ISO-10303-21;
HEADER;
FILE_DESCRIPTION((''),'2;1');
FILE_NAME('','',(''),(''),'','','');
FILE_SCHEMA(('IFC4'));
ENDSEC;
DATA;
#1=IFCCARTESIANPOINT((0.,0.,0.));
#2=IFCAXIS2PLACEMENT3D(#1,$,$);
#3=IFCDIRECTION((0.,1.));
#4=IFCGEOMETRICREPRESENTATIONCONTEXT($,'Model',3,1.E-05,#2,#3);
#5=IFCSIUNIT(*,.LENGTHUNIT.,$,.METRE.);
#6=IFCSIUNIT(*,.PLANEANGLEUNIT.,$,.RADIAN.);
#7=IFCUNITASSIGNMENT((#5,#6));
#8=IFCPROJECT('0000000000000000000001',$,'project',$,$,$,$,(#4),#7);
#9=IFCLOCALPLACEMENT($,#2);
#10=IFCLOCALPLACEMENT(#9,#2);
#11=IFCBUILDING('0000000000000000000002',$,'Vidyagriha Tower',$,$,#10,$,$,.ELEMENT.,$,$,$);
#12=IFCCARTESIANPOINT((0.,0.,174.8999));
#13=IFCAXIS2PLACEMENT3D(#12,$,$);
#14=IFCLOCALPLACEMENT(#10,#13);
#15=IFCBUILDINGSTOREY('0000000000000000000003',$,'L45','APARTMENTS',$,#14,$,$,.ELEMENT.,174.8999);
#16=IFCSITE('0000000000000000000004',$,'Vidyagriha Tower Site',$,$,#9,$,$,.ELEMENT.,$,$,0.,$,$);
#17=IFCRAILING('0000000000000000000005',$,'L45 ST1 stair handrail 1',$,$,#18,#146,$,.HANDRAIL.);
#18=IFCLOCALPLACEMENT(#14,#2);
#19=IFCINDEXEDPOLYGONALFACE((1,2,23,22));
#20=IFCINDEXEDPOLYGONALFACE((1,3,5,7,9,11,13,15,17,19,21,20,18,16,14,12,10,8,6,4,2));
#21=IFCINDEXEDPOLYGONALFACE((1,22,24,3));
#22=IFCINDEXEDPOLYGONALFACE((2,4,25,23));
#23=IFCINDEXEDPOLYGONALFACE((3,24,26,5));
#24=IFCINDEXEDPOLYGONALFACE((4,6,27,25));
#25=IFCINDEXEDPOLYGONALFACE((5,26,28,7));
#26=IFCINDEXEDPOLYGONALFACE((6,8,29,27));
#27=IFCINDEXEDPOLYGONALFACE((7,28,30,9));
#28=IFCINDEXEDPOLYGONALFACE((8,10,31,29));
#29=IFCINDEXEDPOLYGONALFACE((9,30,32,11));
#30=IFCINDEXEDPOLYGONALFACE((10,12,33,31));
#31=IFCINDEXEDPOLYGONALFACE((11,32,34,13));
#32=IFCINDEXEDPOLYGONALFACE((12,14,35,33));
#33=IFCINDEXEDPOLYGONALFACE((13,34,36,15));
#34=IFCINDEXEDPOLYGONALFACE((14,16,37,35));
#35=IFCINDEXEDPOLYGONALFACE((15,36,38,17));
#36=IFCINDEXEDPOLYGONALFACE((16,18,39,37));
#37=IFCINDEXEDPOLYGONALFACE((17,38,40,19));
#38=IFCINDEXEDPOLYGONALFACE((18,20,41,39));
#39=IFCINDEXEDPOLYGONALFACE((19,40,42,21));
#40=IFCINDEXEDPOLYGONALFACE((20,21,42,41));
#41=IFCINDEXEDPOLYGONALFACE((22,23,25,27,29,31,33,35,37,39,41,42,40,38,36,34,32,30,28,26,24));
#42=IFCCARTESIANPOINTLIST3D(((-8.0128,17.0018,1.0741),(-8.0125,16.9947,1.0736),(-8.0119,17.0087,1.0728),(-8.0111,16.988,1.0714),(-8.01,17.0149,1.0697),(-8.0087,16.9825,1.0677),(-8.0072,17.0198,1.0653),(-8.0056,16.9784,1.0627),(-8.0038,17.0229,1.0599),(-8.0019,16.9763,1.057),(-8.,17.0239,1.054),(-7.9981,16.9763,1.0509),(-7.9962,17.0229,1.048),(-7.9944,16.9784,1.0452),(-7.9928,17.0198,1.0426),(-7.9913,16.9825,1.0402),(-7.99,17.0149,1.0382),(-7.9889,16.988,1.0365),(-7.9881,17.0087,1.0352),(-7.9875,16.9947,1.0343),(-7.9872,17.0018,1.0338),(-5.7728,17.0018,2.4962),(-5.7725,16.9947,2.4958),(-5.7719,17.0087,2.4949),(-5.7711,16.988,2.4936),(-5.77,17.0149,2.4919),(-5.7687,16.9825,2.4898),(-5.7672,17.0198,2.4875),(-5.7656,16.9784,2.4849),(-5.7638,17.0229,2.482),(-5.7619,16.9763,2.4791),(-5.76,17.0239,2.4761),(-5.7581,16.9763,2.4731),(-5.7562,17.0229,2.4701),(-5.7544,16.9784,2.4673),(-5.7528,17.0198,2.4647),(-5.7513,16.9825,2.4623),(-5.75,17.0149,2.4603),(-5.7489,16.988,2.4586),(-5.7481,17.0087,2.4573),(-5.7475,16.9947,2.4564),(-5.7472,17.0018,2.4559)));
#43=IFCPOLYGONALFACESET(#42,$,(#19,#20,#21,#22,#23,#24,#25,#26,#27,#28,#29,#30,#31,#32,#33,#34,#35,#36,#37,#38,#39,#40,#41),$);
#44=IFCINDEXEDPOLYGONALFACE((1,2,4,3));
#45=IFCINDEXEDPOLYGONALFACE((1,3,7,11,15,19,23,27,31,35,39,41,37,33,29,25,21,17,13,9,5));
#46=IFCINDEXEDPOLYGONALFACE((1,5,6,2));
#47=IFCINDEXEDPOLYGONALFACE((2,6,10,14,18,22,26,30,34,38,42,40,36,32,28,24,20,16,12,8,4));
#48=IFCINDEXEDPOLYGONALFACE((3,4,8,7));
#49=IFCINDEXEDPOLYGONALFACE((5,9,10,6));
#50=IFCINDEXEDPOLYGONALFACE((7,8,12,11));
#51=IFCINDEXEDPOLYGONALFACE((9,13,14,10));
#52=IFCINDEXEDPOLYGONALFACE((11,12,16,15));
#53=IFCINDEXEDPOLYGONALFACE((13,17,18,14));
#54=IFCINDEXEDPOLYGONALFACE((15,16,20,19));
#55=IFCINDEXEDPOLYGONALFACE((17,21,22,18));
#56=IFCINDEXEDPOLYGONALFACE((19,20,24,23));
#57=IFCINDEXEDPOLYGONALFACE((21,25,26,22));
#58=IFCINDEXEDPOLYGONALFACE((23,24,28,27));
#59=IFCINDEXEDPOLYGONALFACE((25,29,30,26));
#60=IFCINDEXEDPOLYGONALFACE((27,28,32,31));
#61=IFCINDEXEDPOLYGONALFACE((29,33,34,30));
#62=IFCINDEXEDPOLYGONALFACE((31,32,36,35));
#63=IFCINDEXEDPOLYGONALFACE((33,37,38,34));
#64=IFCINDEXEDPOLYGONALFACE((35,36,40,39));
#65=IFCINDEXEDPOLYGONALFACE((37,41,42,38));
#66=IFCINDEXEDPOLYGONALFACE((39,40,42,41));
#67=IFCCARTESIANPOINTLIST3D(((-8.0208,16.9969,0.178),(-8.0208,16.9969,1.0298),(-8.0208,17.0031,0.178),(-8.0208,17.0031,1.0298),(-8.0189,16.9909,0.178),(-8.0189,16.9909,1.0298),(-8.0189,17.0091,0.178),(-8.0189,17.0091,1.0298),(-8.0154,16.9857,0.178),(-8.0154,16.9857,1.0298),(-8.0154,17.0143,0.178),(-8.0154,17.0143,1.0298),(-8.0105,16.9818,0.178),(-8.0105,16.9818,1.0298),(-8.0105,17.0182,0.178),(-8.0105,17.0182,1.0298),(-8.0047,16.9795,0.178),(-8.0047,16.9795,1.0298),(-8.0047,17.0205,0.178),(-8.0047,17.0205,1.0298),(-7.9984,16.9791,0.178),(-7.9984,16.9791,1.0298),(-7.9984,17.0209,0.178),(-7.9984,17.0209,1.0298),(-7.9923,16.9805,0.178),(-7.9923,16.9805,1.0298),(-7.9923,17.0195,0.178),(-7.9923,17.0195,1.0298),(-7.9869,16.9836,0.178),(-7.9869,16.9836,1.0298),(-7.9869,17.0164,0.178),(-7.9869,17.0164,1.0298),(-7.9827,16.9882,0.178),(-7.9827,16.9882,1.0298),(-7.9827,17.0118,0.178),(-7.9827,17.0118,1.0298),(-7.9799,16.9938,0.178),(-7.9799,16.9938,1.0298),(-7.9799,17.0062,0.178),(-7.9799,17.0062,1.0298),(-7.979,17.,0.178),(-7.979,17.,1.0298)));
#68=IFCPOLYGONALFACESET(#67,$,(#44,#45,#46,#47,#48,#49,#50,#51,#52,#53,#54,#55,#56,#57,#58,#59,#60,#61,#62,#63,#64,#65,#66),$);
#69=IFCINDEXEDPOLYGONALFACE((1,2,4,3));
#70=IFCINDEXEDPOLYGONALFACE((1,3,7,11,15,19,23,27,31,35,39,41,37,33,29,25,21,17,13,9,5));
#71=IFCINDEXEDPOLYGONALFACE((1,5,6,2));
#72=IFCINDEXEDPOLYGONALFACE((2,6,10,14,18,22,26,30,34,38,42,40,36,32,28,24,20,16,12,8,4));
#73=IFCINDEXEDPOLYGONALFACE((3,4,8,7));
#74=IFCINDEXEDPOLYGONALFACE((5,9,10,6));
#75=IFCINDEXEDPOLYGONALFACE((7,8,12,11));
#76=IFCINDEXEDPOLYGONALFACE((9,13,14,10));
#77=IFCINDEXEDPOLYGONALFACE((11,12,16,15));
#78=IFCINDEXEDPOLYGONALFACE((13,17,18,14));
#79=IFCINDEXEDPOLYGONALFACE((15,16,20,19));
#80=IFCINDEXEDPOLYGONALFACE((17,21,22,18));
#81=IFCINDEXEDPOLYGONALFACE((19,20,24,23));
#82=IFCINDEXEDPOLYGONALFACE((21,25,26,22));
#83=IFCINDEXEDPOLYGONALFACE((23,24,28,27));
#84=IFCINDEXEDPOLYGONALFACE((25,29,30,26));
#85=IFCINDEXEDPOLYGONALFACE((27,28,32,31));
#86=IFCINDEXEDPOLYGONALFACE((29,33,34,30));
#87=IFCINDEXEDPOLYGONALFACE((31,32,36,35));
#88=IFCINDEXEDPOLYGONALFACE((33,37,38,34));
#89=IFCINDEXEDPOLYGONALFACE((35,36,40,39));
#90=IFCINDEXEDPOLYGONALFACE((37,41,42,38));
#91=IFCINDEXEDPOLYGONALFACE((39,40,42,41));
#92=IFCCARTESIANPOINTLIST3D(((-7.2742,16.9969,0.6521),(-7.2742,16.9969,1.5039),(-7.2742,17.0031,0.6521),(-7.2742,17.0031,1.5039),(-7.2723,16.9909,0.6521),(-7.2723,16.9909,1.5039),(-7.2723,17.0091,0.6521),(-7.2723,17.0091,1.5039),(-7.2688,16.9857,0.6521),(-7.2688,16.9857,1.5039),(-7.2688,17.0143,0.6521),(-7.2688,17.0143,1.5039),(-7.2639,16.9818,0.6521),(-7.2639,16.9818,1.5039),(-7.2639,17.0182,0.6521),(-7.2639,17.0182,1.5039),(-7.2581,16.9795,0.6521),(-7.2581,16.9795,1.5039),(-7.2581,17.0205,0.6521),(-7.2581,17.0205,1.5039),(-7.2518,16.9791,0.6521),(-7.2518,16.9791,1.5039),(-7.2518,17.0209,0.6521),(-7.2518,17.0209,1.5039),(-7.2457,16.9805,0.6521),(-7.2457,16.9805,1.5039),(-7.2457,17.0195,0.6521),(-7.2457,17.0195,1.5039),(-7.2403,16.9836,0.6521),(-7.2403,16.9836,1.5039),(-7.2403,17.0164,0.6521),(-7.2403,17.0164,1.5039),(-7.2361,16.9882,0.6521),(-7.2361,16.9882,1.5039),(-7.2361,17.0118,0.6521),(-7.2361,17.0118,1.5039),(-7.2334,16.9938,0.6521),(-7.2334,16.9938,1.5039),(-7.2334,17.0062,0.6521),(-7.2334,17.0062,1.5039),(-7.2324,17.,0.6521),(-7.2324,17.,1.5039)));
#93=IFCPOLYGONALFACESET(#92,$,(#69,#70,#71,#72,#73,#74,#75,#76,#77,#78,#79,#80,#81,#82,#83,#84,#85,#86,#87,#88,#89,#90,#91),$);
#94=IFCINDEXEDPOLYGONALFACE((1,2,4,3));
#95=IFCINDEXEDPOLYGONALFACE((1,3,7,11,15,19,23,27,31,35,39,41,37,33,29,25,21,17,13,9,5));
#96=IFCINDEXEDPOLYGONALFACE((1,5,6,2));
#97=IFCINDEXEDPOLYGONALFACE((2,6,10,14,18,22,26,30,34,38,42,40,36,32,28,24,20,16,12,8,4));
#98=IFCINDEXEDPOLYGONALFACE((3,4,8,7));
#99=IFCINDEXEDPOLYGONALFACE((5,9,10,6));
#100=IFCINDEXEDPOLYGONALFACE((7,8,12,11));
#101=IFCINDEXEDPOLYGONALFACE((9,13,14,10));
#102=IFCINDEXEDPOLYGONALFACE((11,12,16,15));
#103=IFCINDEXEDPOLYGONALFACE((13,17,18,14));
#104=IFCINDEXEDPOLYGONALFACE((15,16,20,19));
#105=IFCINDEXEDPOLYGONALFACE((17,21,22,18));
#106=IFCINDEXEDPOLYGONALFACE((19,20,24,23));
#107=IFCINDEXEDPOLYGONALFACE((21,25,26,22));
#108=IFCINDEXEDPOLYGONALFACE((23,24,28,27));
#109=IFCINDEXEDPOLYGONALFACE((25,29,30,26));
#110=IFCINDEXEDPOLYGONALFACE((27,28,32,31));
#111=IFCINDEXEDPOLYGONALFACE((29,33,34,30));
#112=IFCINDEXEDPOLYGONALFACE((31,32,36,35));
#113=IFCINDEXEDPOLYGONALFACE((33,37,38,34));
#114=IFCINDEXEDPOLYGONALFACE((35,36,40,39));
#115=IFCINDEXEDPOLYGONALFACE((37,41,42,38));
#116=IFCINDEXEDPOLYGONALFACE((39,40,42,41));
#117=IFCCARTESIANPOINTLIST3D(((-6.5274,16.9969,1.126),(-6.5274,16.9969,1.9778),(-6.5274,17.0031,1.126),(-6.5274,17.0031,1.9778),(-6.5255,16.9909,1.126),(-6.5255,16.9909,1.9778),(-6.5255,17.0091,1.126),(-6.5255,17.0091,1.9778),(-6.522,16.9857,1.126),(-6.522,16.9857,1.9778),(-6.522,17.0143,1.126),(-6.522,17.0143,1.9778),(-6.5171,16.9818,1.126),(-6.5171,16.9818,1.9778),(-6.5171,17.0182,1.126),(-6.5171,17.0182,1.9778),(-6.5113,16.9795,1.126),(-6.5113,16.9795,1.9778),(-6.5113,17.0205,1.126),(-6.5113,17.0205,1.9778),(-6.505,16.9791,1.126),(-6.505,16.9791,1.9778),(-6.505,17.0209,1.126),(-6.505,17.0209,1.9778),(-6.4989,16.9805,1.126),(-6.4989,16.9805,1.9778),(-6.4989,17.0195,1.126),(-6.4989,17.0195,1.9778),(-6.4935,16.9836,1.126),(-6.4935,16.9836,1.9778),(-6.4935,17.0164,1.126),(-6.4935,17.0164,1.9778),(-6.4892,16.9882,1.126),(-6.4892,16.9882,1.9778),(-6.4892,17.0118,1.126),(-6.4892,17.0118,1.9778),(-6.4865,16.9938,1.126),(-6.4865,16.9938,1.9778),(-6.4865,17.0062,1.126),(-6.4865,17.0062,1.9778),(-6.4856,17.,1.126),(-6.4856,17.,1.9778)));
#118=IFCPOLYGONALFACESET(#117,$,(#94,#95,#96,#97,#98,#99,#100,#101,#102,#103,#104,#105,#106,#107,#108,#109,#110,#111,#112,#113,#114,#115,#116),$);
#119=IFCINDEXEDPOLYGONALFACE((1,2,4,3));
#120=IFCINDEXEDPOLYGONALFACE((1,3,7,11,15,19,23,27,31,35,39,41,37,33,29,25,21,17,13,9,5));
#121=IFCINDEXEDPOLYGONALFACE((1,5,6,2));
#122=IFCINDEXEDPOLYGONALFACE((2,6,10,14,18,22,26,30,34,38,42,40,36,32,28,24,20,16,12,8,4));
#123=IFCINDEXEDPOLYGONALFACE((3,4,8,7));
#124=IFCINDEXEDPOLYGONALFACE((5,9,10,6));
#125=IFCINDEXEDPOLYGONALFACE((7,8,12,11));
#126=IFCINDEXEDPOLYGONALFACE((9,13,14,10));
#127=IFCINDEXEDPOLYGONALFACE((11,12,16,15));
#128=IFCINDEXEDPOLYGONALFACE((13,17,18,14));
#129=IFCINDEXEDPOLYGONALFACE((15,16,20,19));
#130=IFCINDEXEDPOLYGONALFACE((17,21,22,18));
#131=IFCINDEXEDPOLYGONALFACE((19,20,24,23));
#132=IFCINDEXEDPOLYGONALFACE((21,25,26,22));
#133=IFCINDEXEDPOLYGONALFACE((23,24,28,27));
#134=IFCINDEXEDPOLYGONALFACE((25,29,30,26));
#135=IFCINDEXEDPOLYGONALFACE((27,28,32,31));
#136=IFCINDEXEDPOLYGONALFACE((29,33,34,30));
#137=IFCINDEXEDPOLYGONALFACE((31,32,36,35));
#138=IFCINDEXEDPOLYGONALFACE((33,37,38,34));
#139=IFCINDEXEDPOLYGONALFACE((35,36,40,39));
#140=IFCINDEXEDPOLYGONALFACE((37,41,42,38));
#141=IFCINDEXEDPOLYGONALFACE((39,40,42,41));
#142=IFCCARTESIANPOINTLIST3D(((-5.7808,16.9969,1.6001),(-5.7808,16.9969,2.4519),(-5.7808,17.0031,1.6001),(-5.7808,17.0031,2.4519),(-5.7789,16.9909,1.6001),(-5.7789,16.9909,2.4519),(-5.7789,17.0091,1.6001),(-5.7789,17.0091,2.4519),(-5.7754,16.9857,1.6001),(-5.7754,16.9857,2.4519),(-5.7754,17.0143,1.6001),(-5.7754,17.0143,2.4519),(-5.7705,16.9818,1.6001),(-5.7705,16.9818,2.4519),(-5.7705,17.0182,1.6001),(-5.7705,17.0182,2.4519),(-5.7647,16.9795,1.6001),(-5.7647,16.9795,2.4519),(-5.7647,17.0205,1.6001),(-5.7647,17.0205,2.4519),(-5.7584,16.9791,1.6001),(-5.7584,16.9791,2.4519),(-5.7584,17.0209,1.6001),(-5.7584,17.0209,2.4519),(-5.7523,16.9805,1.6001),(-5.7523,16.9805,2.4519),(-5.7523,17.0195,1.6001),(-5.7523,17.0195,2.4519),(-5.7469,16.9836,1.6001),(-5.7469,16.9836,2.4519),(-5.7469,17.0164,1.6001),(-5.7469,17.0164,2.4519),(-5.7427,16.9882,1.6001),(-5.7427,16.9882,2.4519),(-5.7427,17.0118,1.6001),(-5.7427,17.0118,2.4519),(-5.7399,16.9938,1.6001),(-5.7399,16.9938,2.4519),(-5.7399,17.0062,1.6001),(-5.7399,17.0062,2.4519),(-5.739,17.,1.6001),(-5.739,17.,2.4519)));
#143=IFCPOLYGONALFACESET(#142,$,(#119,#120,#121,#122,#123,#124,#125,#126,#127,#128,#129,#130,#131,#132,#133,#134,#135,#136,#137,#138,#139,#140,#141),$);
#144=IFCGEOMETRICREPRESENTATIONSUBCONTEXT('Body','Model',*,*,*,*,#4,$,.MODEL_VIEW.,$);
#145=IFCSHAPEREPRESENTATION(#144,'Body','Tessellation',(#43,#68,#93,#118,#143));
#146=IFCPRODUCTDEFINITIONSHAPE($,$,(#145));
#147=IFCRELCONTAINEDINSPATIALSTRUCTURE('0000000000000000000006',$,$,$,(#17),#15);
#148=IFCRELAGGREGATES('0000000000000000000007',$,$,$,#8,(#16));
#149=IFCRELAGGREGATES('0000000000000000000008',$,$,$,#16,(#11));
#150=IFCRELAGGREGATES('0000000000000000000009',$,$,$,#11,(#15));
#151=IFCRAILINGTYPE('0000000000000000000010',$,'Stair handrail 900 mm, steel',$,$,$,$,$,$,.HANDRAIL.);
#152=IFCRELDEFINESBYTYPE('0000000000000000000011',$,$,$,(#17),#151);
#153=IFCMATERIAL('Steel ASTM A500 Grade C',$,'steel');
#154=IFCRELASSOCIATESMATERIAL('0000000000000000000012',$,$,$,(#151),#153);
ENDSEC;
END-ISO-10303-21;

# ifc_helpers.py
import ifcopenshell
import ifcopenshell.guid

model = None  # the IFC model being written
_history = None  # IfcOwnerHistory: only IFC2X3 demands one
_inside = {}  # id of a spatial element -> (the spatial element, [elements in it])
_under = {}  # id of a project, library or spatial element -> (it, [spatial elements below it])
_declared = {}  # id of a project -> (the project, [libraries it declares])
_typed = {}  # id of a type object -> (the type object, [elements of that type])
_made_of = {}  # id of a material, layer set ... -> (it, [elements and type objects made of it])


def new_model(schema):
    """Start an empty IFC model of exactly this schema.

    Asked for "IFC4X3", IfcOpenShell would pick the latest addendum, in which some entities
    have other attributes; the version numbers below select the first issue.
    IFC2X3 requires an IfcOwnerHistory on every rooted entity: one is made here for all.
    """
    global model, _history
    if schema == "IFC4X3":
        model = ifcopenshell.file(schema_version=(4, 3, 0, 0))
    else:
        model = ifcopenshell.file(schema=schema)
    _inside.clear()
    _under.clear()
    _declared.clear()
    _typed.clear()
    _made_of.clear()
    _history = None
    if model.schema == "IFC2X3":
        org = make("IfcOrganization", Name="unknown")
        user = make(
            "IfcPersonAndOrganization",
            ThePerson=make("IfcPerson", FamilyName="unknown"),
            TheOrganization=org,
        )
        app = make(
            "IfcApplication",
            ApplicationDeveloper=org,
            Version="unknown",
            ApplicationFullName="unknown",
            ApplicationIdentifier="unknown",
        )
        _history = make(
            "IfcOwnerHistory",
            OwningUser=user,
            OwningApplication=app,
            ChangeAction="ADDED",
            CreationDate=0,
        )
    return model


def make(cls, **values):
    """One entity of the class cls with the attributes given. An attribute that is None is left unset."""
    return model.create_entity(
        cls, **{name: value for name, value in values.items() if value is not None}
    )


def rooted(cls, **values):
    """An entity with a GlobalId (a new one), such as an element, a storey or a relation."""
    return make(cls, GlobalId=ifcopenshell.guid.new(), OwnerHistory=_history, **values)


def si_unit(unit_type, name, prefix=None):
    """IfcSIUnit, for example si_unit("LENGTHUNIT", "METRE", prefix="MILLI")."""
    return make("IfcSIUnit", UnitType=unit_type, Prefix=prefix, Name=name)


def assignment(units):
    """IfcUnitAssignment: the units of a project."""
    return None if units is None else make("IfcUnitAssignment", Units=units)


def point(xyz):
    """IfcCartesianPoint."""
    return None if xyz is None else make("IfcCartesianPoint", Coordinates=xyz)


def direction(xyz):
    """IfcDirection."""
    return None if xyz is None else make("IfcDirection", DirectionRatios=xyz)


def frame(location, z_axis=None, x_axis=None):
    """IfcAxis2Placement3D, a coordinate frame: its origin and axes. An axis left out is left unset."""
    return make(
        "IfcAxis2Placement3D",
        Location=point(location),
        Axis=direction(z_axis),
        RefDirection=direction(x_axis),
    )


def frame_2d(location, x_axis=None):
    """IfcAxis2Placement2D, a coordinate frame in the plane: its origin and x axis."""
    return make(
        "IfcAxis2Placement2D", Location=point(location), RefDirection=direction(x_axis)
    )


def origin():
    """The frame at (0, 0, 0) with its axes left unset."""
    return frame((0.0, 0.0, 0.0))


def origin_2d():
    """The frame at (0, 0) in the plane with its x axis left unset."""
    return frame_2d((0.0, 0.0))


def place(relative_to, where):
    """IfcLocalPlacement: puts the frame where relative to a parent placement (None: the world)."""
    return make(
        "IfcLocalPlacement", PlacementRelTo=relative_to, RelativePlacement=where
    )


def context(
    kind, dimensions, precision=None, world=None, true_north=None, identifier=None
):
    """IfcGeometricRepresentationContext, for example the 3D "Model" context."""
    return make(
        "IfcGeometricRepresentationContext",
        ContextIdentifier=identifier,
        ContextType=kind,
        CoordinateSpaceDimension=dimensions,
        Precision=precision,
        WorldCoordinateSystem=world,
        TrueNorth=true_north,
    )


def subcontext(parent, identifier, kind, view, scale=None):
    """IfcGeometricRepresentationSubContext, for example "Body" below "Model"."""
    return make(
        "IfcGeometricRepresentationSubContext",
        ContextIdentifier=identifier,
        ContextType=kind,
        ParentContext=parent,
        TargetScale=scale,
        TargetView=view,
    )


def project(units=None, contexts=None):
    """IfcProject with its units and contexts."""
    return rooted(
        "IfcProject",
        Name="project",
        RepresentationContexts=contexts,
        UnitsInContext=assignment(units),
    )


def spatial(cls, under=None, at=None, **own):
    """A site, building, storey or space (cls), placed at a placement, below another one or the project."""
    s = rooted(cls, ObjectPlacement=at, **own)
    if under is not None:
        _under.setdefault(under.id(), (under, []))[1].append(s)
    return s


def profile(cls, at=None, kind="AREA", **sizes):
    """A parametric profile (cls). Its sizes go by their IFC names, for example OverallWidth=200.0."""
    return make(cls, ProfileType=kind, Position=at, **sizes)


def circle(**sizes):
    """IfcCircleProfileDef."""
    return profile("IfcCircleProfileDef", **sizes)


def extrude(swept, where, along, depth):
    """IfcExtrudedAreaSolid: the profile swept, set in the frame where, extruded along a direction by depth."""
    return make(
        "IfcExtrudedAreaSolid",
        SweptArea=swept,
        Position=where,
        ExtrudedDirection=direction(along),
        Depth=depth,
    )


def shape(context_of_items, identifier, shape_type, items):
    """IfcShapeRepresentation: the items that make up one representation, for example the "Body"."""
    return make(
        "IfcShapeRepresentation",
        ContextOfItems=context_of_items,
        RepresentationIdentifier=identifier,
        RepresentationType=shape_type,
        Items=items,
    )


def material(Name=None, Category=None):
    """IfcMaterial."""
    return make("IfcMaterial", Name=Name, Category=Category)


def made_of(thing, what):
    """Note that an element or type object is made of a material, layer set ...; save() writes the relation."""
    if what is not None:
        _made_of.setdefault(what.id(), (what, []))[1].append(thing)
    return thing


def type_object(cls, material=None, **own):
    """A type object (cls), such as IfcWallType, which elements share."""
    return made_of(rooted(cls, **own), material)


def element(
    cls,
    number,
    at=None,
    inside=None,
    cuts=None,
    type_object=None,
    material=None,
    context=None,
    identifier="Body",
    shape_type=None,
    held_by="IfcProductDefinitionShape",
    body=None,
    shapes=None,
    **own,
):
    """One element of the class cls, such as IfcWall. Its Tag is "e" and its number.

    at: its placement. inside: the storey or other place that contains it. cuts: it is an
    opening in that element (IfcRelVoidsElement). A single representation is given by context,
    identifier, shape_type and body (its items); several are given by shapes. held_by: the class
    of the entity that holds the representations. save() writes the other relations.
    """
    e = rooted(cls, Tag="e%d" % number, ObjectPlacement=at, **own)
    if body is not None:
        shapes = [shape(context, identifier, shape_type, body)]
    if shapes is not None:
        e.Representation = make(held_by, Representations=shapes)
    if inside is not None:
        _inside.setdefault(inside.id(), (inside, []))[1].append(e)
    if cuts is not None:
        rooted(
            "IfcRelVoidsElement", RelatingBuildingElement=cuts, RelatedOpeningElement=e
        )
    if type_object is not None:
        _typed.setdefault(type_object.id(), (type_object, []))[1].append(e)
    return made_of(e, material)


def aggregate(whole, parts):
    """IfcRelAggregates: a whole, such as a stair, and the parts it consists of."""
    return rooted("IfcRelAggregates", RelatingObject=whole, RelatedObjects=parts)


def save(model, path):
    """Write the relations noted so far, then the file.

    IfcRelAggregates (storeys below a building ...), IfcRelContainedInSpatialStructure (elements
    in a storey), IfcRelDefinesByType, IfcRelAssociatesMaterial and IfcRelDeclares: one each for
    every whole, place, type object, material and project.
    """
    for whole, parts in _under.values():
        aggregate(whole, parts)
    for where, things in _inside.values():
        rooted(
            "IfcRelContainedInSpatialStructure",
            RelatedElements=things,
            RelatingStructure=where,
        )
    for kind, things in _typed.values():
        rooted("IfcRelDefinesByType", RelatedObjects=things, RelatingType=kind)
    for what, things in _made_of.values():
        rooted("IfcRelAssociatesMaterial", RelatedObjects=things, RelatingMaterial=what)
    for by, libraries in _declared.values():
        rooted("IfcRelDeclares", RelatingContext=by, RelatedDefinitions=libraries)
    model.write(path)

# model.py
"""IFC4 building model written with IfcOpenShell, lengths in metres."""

from ifc_helpers import new_model, si_unit, direction, frame, origin, origin_2d, place, context, subcontext, project, spatial, circle, extrude, material, type_object, element, save


model = new_model("IFC4")

# Units and contexts
model_context = context("Model", 3, precision=1e-05, world=origin(), true_north=direction((0.0, 1.0)))
body_context = subcontext(model_context, "Body", "Model", "MODEL_VIEW")
ifc_project = project(units=[si_unit("LENGTHUNIT", "METRE"), si_unit("PLANEANGLEUNIT", "RADIAN")], contexts=[model_context])

# Site, building, storey
site_placement = place(None, origin())
site = spatial("IfcSite", under=ifc_project, at=site_placement, Name="Vidyagriha Tower Site", CompositionType="ELEMENT", RefElevation=0.0)
building_placement = place(site_placement, origin())
building = spatial("IfcBuilding", under=site, at=building_placement, Name="Vidyagriha Tower", CompositionType="ELEMENT")
storey_placement = place(building_placement, frame((0.0, 0.0, 174.8999)))
storey = spatial("IfcBuildingStorey", under=building, at=storey_placement, Name="L45", Description="APARTMENTS", CompositionType="ELEMENT", Elevation=174.8999)

# Railing
ifc_material_1 = material(Name="Steel ASTM A500 Grade C", Category="steel")
railing_type_1 = type_object("IfcRailingType", Name="Stair handrail 900 mm, steel", PredefinedType="HANDRAIL", material=ifc_material_1)
railing_1_placement = place(storey_placement, frame((-8.0, 17.0, 0.178)))
element("IfcRailing", 1, at=railing_1_placement, inside=storey, type_object=railing_type_1, Name="L45 ST1 stair handrail 1", PredefinedType="HANDRAIL", context=body_context, shape_type="SweptSolid", body=[
    extrude(circle(Radius=0.0239, at=origin_2d()), frame((0.0, 0.0, 0.876), z_axis=(0.844229, 0.0, 0.535982), x_axis=(0.0, 1.0, 0.0)), (0.0, 0.0, 1.0), 2.6533),
    extrude(circle(Radius=0.021, at=origin_2d()), origin(), (0.0, 0.0, 1.0), 0.8518),
    extrude(circle(Radius=0.021, at=origin_2d()), frame((0.7466, 0.0, 0.4741)), (0.0, 0.0, 1.0), 0.8518),
    extrude(circle(Radius=0.021, at=origin_2d()), frame((1.4934, 0.0, 0.948)), (0.0, 0.0, 1.0), 0.8518),
    extrude(circle(Radius=0.021, at=origin_2d()), frame((2.24, 0.0, 1.4221)), (0.0, 0.0, 1.0), 0.8518),
])

save(model, "model.ifc")
